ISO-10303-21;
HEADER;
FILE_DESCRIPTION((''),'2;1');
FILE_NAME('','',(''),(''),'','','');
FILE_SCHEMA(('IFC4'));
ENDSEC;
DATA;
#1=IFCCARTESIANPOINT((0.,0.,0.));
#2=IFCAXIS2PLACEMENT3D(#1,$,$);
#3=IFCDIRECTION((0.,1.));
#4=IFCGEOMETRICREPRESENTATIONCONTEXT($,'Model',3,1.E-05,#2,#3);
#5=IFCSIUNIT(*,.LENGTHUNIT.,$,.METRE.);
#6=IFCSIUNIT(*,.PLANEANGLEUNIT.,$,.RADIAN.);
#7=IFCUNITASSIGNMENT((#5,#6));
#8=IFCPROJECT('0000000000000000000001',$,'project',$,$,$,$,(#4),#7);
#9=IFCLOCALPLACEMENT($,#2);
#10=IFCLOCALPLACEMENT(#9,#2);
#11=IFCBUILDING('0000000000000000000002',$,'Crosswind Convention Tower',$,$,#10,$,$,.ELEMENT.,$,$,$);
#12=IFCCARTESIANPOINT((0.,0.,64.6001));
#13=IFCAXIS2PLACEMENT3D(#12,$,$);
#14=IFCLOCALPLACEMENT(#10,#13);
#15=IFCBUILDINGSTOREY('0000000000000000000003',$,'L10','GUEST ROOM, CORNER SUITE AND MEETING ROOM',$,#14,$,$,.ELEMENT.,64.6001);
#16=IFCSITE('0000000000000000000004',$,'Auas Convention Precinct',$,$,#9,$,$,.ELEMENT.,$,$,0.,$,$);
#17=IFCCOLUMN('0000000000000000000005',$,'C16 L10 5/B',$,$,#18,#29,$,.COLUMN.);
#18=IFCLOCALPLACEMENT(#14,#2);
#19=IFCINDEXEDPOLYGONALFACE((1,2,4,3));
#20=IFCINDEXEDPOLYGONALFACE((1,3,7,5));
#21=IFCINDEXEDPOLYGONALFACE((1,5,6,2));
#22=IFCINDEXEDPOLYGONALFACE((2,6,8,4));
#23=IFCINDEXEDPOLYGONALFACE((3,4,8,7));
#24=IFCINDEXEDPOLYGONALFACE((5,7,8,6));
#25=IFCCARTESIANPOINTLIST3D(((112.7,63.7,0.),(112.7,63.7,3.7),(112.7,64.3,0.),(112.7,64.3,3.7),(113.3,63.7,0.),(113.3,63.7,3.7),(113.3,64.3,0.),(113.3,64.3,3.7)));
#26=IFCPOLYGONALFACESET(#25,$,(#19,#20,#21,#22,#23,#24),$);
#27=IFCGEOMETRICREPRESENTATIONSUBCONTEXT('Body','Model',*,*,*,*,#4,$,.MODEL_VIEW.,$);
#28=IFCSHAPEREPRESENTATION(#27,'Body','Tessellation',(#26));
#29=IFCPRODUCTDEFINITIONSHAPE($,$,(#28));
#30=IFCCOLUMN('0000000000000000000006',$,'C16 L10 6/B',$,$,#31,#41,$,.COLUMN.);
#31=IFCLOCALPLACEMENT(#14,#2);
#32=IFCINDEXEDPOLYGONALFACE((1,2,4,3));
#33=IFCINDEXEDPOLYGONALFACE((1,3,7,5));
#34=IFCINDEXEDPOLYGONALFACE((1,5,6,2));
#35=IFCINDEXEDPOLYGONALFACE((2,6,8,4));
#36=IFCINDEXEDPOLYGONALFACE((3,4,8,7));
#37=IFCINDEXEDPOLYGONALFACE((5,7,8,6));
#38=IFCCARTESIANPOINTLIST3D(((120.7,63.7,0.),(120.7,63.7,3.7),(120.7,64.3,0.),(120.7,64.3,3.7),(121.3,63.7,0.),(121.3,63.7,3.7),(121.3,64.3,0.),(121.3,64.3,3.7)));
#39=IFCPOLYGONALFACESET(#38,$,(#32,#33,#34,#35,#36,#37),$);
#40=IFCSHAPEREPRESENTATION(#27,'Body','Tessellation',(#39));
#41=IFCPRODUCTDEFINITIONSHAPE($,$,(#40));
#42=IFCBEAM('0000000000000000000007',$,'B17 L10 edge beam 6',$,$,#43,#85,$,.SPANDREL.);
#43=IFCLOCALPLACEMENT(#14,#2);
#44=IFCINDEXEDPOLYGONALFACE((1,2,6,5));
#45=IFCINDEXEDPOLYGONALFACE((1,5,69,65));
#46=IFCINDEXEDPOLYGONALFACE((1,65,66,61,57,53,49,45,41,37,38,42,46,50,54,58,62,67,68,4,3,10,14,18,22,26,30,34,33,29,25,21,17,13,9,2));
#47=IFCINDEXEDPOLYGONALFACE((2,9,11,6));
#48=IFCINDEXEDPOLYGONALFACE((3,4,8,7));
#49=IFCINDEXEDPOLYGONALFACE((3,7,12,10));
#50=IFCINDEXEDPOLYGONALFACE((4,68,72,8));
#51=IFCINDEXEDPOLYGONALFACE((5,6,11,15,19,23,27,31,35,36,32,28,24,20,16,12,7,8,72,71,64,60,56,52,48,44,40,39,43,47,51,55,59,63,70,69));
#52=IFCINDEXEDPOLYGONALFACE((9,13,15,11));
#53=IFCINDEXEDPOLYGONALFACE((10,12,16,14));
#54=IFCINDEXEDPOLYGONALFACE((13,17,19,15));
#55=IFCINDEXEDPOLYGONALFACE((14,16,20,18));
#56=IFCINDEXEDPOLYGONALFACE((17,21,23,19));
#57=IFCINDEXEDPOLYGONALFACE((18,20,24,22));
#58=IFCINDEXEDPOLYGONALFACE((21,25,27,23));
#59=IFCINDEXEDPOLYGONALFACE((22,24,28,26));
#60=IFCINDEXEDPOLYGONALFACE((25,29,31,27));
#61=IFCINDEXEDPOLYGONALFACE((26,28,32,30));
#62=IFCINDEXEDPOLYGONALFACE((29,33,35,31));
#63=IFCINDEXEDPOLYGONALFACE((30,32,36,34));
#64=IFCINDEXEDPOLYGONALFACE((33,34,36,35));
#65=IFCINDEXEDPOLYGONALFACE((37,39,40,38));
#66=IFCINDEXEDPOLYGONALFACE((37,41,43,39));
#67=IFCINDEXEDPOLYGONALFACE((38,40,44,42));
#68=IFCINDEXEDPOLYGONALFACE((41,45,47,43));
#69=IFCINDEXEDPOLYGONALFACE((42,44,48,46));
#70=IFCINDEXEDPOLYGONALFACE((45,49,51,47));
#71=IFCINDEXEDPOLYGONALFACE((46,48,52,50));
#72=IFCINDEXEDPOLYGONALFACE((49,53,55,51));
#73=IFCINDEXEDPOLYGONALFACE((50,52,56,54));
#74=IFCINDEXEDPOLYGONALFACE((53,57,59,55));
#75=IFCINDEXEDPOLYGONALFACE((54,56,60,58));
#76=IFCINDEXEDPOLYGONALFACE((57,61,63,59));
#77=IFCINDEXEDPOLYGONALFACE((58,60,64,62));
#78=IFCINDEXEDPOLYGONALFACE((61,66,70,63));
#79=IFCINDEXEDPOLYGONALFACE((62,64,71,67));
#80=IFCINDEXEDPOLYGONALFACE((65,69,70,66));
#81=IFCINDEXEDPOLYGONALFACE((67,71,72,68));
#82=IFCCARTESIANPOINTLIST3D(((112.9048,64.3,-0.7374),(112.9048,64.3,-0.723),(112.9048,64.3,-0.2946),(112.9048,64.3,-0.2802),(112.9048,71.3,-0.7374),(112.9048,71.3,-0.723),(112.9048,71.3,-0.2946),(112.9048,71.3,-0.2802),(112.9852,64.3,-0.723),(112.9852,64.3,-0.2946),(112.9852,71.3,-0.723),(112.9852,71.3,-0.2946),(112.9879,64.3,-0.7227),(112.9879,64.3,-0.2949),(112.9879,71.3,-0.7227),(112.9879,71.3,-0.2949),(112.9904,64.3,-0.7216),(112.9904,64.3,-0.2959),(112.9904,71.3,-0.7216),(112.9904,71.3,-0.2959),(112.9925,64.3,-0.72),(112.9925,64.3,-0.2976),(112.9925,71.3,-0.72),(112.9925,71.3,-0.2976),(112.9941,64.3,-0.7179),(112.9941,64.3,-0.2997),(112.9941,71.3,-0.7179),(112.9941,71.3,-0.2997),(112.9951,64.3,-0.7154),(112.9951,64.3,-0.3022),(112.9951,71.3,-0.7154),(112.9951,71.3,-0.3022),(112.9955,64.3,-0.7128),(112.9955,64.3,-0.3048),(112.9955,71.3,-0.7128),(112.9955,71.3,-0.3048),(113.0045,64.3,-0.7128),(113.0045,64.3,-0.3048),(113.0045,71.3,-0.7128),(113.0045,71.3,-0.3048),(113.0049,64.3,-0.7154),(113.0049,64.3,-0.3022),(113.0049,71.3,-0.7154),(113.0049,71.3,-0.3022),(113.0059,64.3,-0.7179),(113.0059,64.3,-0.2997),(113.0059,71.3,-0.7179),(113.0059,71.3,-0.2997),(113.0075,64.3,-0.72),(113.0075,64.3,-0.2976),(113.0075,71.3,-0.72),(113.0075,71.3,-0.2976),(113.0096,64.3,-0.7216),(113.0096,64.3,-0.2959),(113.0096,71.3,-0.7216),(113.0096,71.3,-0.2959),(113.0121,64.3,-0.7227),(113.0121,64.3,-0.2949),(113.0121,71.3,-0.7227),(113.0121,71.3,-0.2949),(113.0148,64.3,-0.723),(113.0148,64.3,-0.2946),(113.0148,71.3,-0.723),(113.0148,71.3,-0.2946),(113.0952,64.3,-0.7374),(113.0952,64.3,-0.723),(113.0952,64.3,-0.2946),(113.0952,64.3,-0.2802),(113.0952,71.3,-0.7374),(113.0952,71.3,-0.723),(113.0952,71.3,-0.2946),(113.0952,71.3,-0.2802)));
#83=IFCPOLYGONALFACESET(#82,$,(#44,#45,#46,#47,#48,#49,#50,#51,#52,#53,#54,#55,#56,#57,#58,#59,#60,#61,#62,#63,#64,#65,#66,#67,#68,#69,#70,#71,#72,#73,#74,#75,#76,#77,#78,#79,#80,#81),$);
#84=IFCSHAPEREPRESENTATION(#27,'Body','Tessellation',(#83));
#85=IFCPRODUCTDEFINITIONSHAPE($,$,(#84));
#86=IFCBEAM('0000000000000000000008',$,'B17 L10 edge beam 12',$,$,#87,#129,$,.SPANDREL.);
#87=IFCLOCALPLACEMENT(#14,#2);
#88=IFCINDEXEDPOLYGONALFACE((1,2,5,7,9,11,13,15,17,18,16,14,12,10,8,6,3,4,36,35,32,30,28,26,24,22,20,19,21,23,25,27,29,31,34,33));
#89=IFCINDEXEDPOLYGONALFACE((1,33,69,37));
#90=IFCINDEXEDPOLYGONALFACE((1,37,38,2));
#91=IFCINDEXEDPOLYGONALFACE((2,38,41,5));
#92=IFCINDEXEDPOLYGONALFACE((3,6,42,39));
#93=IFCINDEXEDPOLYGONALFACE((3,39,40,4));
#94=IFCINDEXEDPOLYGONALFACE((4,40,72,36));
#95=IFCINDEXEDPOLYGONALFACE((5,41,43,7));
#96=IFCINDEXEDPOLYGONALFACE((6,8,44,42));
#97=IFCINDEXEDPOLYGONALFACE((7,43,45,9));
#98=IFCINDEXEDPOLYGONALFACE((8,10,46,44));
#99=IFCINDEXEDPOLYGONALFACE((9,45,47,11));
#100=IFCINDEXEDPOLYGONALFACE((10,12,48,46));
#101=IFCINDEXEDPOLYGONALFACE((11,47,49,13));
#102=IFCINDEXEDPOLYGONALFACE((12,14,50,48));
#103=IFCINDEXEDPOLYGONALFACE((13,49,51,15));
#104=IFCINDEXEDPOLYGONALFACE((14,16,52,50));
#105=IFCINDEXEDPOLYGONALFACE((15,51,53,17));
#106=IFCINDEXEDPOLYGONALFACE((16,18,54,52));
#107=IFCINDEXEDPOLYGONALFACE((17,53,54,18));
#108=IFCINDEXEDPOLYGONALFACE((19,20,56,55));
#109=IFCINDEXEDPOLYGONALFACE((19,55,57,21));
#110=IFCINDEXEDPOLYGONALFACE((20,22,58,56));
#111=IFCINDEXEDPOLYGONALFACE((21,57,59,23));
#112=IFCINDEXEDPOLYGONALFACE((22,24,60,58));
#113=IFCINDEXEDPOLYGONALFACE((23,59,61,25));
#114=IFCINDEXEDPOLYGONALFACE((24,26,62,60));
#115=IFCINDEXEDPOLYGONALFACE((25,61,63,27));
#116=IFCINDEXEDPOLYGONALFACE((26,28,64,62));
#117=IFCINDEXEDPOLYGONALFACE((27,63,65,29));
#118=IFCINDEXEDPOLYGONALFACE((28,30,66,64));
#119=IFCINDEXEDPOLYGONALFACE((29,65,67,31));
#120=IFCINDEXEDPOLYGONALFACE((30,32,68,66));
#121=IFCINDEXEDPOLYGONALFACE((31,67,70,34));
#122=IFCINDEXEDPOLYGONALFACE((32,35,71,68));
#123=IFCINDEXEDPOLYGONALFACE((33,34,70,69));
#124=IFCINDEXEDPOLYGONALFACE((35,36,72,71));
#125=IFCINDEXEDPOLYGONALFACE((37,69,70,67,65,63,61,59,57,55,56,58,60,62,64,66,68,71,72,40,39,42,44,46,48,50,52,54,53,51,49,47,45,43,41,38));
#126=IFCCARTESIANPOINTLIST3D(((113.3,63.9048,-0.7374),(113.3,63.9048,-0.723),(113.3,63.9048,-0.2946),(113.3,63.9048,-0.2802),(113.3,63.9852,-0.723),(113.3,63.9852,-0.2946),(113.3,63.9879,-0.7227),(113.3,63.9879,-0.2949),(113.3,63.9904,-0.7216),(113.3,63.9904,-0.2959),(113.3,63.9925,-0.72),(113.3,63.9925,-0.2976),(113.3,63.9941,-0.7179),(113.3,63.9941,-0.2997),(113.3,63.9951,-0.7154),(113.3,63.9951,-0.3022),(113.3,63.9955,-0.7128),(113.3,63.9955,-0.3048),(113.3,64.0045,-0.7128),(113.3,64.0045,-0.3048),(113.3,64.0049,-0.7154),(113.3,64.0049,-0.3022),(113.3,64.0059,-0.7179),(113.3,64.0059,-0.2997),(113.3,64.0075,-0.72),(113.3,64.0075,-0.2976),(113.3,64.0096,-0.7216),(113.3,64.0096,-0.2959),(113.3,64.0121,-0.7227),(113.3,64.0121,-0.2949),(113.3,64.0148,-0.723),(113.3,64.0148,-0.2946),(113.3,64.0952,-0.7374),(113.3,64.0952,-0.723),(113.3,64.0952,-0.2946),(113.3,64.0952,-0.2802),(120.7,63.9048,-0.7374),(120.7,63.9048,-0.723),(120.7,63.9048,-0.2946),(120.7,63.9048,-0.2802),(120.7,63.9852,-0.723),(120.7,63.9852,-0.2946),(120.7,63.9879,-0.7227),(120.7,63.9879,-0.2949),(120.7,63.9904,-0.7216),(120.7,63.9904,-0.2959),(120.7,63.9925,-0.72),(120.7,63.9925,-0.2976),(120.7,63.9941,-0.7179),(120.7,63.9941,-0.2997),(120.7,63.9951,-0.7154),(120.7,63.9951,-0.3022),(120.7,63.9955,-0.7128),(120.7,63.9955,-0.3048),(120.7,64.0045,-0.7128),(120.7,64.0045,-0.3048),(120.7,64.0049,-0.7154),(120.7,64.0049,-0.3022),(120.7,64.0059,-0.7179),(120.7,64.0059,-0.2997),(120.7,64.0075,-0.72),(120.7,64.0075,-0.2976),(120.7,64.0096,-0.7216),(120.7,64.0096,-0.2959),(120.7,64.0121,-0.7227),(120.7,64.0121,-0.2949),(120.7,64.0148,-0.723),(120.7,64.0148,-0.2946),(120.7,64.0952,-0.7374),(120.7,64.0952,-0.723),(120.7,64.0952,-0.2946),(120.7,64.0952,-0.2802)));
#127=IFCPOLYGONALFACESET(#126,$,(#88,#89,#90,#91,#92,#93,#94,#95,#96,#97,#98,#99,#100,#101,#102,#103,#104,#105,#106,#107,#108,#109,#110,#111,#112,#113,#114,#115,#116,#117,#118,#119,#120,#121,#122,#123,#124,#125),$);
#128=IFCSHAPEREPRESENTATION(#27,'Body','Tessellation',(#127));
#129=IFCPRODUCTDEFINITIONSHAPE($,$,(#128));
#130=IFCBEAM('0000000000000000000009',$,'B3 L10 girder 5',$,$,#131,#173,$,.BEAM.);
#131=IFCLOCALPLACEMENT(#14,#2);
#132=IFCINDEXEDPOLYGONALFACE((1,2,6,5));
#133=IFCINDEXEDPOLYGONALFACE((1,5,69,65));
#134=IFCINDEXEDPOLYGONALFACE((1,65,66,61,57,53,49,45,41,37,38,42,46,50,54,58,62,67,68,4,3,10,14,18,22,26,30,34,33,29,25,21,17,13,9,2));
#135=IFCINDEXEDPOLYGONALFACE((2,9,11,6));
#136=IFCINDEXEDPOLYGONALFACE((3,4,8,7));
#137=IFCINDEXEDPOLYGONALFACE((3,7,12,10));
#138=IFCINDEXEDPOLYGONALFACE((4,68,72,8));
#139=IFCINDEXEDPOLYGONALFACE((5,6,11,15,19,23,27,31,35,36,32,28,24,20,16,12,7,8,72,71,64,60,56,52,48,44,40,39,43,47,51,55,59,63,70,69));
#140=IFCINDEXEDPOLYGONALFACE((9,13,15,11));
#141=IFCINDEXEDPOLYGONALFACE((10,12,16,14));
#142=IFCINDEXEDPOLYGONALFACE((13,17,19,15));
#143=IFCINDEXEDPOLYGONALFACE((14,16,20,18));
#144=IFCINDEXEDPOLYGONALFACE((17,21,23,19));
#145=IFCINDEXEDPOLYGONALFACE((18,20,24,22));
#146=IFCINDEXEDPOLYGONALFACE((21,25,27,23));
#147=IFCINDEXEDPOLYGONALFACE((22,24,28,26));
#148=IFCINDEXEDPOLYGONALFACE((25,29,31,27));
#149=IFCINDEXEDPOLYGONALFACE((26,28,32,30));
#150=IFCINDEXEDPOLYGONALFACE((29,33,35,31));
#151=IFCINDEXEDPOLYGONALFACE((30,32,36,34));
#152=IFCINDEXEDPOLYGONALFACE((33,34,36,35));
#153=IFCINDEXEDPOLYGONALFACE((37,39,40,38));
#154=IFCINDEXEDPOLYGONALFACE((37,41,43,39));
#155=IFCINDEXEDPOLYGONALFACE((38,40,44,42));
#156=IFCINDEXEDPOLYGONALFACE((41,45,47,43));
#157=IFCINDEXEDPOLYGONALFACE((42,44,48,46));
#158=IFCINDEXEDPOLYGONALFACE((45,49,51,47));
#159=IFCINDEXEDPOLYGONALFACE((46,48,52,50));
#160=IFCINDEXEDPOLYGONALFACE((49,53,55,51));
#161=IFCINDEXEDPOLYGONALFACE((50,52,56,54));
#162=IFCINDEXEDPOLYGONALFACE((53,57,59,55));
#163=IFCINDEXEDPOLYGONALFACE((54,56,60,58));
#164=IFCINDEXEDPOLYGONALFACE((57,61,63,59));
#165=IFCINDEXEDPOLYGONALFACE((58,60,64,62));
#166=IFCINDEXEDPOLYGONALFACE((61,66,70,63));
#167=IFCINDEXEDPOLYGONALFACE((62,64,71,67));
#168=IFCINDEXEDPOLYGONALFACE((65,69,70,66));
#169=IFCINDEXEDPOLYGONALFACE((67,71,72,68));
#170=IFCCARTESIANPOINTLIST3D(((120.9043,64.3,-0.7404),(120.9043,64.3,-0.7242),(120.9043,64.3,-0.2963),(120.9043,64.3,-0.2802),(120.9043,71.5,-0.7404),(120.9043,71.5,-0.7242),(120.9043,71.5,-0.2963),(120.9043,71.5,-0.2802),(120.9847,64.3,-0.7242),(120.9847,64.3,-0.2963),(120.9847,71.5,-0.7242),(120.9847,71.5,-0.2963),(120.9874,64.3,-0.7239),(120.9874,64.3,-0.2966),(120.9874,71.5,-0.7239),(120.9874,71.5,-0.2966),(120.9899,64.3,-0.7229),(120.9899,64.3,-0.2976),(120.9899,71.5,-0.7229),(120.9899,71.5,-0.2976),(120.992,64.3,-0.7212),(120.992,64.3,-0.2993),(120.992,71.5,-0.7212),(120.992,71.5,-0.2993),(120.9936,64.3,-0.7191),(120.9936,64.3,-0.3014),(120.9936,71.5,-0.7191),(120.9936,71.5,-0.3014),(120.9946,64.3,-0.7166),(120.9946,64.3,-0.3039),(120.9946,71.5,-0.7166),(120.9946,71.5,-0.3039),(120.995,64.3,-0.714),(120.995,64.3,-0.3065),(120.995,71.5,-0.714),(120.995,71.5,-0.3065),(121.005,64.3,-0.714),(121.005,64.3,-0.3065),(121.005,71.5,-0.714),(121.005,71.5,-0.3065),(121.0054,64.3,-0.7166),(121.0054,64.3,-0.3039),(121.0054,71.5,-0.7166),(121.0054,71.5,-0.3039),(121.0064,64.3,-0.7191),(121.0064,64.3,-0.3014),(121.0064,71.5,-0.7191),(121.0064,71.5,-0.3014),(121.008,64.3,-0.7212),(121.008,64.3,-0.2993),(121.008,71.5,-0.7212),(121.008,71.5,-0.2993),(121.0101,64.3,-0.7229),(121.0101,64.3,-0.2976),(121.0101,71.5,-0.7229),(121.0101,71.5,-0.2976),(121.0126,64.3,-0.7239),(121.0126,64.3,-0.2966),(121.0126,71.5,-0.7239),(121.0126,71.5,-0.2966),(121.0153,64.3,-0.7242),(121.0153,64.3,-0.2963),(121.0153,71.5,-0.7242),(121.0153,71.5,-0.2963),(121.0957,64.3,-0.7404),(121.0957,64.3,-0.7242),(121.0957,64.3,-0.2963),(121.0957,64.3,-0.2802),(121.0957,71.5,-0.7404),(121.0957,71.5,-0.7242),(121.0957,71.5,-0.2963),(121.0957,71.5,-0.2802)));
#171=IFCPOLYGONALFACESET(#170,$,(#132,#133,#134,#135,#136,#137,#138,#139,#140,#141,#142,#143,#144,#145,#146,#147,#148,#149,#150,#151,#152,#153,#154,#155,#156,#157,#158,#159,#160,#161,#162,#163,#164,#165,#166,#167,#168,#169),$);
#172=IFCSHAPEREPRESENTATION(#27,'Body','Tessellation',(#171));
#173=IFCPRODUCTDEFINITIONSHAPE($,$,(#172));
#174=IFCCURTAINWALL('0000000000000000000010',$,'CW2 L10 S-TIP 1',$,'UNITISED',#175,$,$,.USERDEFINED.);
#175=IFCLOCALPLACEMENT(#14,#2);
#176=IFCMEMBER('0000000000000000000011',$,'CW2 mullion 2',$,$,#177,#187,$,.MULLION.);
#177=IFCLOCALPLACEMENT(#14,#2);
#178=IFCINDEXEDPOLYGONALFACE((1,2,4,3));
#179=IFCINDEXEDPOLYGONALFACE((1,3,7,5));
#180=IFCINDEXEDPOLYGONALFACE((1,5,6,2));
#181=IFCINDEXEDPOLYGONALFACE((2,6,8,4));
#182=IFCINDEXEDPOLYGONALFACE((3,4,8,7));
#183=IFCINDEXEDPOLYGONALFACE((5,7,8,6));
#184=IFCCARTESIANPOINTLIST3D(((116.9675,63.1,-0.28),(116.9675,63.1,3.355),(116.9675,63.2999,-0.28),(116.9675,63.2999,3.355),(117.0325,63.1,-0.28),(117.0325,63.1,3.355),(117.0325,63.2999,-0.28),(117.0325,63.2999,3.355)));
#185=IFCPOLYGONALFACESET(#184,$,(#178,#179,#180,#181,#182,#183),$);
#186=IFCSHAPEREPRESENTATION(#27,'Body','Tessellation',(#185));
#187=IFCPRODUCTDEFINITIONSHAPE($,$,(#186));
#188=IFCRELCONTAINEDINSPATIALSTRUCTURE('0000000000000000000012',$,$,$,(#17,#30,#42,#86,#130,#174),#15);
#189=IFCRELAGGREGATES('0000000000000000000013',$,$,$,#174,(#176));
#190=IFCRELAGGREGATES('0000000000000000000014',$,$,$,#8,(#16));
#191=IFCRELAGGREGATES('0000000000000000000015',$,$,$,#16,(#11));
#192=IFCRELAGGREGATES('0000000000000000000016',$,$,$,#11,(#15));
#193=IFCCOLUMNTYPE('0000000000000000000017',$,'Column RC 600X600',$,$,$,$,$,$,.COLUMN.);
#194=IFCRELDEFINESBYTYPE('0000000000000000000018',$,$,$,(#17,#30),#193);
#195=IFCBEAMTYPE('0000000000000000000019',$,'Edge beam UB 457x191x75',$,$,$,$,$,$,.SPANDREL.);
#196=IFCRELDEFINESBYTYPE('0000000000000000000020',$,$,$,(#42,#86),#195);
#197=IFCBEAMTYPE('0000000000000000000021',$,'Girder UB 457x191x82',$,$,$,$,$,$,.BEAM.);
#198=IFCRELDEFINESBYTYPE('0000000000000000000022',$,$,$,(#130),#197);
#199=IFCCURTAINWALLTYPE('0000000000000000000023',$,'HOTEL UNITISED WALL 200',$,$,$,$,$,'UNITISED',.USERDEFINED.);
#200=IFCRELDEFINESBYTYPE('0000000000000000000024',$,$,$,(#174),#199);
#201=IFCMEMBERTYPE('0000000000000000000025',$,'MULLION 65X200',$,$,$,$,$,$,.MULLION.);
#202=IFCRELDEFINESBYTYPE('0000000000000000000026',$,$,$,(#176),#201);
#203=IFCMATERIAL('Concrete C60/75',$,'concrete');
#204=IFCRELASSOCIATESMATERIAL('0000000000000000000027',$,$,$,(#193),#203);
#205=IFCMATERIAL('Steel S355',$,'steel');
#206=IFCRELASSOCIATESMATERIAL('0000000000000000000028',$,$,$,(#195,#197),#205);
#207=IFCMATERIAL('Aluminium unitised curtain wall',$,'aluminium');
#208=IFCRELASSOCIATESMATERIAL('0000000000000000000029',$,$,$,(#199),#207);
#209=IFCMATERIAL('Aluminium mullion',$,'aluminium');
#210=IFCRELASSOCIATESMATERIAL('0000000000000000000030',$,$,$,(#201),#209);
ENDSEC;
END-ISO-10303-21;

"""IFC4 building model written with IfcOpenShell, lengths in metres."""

from ifc_helpers import new_model, si_unit, direction, frame, origin, origin_2d, place, context, subcontext, project, spatial, rectangle, i_section, extrude, material, material_profile, profile_set, type_object, element, aggregate, save


model = new_model("IFC4")

# Units and contexts
model_context = context("Model", 3, precision=1e-05, world=origin(), true_north=direction((0.0, 1.0)))
body_context = subcontext(model_context, "Body", "Model", "MODEL_VIEW")
ifc_project = project(units=[si_unit("LENGTHUNIT", "METRE"), si_unit("PLANEANGLEUNIT", "RADIAN")], contexts=[model_context])

# Site, building, storey
site_placement = place(None, origin())
site = spatial("IfcSite", under=ifc_project, at=site_placement, Name="Auas Convention Precinct", CompositionType="ELEMENT", RefElevation=0.0)
building_placement = place(site_placement, origin())
building = spatial("IfcBuilding", under=site, at=building_placement, Name="Crosswind Convention Tower", CompositionType="ELEMENT")
storey_placement = place(building_placement, frame((0.0, 0.0, 64.6001)))
storey = spatial("IfcBuildingStorey", under=building, at=storey_placement, Name="L10", Description="GUEST ROOM, CORNER SUITE AND MEETING ROOM", CompositionType="ELEMENT", Elevation=64.6001)

# Columns
ifc_material_1 = material(Name="Concrete C60/75", Category="concrete")
ifc_material_profile_1 = material_profile(ifc_material_1, rectangle(XDim=0.6001, YDim=0.6001, at=origin_2d()), Name="RC 600X600")
ifc_profile_set_1 = profile_set([ifc_material_profile_1], Name="Concrete C60/75")
column_type = type_object("IfcColumnType", Name="Column RC 600X600", PredefinedType="COLUMN", material=ifc_profile_set_1)
for number, where, z_axis, x_axis, name in (
    (1, (113.0, 64.0, 0.0), (0.0, 0.0, 1.0), (1.0, 0.0, 0.0), "C16 L10 5/B"),
    (2, (121.0, 64.0, 0.0), (0.0, 0.0, 1.0), (1.0, 0.0, 0.0), "C16 L10 6/B"),
):
    element("IfcColumn", number, at=place(storey_placement, frame(where, z_axis=z_axis, x_axis=x_axis)), inside=storey, type_object=column_type, Name=name, PredefinedType="COLUMN", context=body_context, shape_type="SweptSolid", body=[
        extrude(rectangle(XDim=0.6001, YDim=0.6001, at=origin_2d()), origin(), (0.0, 0.0, 1.0), 3.7),
    ])

# Beams
ifc_material_2 = material(Name="Steel S355", Category="steel")
ifc_material_profile_2 = material_profile(ifc_material_2, i_section(OverallWidth=0.1904, OverallDepth=0.4573, WebThickness=0.009, FlangeThickness=0.0144, FilletRadius=0.0103, at=origin_2d()), Name="UB 457x191x75")
ifc_profile_set_2 = profile_set([ifc_material_profile_2], Name="Steel S355")
beam_type_1 = type_object("IfcBeamType", Name="Edge beam UB 457x191x75", PredefinedType="SPANDREL", material=ifc_profile_set_2)
beam_1_placement = place(storey_placement, frame((113.0, 64.3, -0.5088), z_axis=(0.0, 1.0, 0.0), x_axis=(-1.0, 0.0, 0.0)))
element("IfcBeam", 3, at=beam_1_placement, inside=storey, type_object=beam_type_1, Name="B17 L10 edge beam 6", PredefinedType="SPANDREL", context=body_context, shape_type="SweptSolid", body=[
    extrude(i_section(OverallWidth=0.1904, OverallDepth=0.4573, WebThickness=0.009, FlangeThickness=0.0144, FilletRadius=0.0103, at=origin_2d()), origin(), (0.0, 0.0, 1.0), 7.0),
])
beam_2_placement = place(storey_placement, frame((113.3, 64.0, -0.5088), z_axis=(1.0, 0.0, 0.0), x_axis=(0.0, 1.0, 0.0)))
element("IfcBeam", 4, at=beam_2_placement, inside=storey, type_object=beam_type_1, Name="B17 L10 edge beam 12", PredefinedType="SPANDREL", context=body_context, shape_type="SweptSolid", body=[
    extrude(i_section(OverallWidth=0.1904, OverallDepth=0.4573, WebThickness=0.009, FlangeThickness=0.0144, FilletRadius=0.0103, at=origin_2d()), origin(), (0.0, 0.0, 1.0), 7.3999),
])
ifc_material_profile_3 = material_profile(ifc_material_2, i_section(OverallWidth=0.1914, OverallDepth=0.4602, WebThickness=0.01, FlangeThickness=0.0161, FilletRadius=0.0103, at=origin_2d()), Name="UB 457x191x82")
ifc_profile_set_3 = profile_set([ifc_material_profile_3], Name="Steel S355")
beam_type_2 = type_object("IfcBeamType", Name="Girder UB 457x191x82", PredefinedType="BEAM", material=ifc_profile_set_3)
beam_3_placement = place(storey_placement, frame((121.0, 64.3, -0.5103), z_axis=(0.0, 1.0, 0.0), x_axis=(-1.0, 0.0, 0.0)))
element("IfcBeam", 5, at=beam_3_placement, inside=storey, type_object=beam_type_2, Name="B3 L10 girder 5", PredefinedType="BEAM", context=body_context, shape_type="SweptSolid", body=[
    extrude(i_section(OverallWidth=0.1914, OverallDepth=0.4602, WebThickness=0.01, FlangeThickness=0.0161, FilletRadius=0.0103, at=origin_2d()), origin(), (0.0, 0.0, 1.0), 7.2),
])

# Curtain wall, member
ifc_material_3 = material(Name="Aluminium unitised curtain wall", Category="aluminium")
curtain_wall_type = type_object("IfcCurtainWallType", Name="HOTEL UNITISED WALL 200", ElementType="UNITISED", PredefinedType="USERDEFINED", material=ifc_material_3)
curtain_wall_placement = place(storey_placement, origin())
curtain_wall = element("IfcCurtainWall", 6, at=curtain_wall_placement, inside=storey, type_object=curtain_wall_type, Name="CW2 L10 S-TIP 1", ObjectType="UNITISED", PredefinedType="USERDEFINED")
ifc_material_4 = material(Name="Aluminium mullion", Category="aluminium")
ifc_material_profile_4 = material_profile(ifc_material_4, rectangle(XDim=0.2, YDim=0.0649, at=origin_2d()), Name="AL 200X65")
ifc_profile_set_4 = profile_set([ifc_material_profile_4], Name="Aluminium mullion")
member_type_1 = type_object("IfcMemberType", Name="MULLION 65X200", PredefinedType="MULLION", material=ifc_profile_set_4)
member_1_placement = place(storey_placement, frame((117.0, 63.2, -0.28), z_axis=(0.0, 0.0, 1.0), x_axis=(0.0, -1.0, 0.0)))
member_1 = element("IfcMember", 7, at=member_1_placement, type_object=member_type_1, Name="CW2 mullion 2", PredefinedType="MULLION", context=body_context, shape_type="SweptSolid", body=[
    extrude(rectangle(XDim=0.2, YDim=0.0649, at=origin_2d()), origin(), (0.0, 0.0, 1.0), 3.635),
])

aggregate(curtain_wall, [member_1])

save(model, "model.ifc")
